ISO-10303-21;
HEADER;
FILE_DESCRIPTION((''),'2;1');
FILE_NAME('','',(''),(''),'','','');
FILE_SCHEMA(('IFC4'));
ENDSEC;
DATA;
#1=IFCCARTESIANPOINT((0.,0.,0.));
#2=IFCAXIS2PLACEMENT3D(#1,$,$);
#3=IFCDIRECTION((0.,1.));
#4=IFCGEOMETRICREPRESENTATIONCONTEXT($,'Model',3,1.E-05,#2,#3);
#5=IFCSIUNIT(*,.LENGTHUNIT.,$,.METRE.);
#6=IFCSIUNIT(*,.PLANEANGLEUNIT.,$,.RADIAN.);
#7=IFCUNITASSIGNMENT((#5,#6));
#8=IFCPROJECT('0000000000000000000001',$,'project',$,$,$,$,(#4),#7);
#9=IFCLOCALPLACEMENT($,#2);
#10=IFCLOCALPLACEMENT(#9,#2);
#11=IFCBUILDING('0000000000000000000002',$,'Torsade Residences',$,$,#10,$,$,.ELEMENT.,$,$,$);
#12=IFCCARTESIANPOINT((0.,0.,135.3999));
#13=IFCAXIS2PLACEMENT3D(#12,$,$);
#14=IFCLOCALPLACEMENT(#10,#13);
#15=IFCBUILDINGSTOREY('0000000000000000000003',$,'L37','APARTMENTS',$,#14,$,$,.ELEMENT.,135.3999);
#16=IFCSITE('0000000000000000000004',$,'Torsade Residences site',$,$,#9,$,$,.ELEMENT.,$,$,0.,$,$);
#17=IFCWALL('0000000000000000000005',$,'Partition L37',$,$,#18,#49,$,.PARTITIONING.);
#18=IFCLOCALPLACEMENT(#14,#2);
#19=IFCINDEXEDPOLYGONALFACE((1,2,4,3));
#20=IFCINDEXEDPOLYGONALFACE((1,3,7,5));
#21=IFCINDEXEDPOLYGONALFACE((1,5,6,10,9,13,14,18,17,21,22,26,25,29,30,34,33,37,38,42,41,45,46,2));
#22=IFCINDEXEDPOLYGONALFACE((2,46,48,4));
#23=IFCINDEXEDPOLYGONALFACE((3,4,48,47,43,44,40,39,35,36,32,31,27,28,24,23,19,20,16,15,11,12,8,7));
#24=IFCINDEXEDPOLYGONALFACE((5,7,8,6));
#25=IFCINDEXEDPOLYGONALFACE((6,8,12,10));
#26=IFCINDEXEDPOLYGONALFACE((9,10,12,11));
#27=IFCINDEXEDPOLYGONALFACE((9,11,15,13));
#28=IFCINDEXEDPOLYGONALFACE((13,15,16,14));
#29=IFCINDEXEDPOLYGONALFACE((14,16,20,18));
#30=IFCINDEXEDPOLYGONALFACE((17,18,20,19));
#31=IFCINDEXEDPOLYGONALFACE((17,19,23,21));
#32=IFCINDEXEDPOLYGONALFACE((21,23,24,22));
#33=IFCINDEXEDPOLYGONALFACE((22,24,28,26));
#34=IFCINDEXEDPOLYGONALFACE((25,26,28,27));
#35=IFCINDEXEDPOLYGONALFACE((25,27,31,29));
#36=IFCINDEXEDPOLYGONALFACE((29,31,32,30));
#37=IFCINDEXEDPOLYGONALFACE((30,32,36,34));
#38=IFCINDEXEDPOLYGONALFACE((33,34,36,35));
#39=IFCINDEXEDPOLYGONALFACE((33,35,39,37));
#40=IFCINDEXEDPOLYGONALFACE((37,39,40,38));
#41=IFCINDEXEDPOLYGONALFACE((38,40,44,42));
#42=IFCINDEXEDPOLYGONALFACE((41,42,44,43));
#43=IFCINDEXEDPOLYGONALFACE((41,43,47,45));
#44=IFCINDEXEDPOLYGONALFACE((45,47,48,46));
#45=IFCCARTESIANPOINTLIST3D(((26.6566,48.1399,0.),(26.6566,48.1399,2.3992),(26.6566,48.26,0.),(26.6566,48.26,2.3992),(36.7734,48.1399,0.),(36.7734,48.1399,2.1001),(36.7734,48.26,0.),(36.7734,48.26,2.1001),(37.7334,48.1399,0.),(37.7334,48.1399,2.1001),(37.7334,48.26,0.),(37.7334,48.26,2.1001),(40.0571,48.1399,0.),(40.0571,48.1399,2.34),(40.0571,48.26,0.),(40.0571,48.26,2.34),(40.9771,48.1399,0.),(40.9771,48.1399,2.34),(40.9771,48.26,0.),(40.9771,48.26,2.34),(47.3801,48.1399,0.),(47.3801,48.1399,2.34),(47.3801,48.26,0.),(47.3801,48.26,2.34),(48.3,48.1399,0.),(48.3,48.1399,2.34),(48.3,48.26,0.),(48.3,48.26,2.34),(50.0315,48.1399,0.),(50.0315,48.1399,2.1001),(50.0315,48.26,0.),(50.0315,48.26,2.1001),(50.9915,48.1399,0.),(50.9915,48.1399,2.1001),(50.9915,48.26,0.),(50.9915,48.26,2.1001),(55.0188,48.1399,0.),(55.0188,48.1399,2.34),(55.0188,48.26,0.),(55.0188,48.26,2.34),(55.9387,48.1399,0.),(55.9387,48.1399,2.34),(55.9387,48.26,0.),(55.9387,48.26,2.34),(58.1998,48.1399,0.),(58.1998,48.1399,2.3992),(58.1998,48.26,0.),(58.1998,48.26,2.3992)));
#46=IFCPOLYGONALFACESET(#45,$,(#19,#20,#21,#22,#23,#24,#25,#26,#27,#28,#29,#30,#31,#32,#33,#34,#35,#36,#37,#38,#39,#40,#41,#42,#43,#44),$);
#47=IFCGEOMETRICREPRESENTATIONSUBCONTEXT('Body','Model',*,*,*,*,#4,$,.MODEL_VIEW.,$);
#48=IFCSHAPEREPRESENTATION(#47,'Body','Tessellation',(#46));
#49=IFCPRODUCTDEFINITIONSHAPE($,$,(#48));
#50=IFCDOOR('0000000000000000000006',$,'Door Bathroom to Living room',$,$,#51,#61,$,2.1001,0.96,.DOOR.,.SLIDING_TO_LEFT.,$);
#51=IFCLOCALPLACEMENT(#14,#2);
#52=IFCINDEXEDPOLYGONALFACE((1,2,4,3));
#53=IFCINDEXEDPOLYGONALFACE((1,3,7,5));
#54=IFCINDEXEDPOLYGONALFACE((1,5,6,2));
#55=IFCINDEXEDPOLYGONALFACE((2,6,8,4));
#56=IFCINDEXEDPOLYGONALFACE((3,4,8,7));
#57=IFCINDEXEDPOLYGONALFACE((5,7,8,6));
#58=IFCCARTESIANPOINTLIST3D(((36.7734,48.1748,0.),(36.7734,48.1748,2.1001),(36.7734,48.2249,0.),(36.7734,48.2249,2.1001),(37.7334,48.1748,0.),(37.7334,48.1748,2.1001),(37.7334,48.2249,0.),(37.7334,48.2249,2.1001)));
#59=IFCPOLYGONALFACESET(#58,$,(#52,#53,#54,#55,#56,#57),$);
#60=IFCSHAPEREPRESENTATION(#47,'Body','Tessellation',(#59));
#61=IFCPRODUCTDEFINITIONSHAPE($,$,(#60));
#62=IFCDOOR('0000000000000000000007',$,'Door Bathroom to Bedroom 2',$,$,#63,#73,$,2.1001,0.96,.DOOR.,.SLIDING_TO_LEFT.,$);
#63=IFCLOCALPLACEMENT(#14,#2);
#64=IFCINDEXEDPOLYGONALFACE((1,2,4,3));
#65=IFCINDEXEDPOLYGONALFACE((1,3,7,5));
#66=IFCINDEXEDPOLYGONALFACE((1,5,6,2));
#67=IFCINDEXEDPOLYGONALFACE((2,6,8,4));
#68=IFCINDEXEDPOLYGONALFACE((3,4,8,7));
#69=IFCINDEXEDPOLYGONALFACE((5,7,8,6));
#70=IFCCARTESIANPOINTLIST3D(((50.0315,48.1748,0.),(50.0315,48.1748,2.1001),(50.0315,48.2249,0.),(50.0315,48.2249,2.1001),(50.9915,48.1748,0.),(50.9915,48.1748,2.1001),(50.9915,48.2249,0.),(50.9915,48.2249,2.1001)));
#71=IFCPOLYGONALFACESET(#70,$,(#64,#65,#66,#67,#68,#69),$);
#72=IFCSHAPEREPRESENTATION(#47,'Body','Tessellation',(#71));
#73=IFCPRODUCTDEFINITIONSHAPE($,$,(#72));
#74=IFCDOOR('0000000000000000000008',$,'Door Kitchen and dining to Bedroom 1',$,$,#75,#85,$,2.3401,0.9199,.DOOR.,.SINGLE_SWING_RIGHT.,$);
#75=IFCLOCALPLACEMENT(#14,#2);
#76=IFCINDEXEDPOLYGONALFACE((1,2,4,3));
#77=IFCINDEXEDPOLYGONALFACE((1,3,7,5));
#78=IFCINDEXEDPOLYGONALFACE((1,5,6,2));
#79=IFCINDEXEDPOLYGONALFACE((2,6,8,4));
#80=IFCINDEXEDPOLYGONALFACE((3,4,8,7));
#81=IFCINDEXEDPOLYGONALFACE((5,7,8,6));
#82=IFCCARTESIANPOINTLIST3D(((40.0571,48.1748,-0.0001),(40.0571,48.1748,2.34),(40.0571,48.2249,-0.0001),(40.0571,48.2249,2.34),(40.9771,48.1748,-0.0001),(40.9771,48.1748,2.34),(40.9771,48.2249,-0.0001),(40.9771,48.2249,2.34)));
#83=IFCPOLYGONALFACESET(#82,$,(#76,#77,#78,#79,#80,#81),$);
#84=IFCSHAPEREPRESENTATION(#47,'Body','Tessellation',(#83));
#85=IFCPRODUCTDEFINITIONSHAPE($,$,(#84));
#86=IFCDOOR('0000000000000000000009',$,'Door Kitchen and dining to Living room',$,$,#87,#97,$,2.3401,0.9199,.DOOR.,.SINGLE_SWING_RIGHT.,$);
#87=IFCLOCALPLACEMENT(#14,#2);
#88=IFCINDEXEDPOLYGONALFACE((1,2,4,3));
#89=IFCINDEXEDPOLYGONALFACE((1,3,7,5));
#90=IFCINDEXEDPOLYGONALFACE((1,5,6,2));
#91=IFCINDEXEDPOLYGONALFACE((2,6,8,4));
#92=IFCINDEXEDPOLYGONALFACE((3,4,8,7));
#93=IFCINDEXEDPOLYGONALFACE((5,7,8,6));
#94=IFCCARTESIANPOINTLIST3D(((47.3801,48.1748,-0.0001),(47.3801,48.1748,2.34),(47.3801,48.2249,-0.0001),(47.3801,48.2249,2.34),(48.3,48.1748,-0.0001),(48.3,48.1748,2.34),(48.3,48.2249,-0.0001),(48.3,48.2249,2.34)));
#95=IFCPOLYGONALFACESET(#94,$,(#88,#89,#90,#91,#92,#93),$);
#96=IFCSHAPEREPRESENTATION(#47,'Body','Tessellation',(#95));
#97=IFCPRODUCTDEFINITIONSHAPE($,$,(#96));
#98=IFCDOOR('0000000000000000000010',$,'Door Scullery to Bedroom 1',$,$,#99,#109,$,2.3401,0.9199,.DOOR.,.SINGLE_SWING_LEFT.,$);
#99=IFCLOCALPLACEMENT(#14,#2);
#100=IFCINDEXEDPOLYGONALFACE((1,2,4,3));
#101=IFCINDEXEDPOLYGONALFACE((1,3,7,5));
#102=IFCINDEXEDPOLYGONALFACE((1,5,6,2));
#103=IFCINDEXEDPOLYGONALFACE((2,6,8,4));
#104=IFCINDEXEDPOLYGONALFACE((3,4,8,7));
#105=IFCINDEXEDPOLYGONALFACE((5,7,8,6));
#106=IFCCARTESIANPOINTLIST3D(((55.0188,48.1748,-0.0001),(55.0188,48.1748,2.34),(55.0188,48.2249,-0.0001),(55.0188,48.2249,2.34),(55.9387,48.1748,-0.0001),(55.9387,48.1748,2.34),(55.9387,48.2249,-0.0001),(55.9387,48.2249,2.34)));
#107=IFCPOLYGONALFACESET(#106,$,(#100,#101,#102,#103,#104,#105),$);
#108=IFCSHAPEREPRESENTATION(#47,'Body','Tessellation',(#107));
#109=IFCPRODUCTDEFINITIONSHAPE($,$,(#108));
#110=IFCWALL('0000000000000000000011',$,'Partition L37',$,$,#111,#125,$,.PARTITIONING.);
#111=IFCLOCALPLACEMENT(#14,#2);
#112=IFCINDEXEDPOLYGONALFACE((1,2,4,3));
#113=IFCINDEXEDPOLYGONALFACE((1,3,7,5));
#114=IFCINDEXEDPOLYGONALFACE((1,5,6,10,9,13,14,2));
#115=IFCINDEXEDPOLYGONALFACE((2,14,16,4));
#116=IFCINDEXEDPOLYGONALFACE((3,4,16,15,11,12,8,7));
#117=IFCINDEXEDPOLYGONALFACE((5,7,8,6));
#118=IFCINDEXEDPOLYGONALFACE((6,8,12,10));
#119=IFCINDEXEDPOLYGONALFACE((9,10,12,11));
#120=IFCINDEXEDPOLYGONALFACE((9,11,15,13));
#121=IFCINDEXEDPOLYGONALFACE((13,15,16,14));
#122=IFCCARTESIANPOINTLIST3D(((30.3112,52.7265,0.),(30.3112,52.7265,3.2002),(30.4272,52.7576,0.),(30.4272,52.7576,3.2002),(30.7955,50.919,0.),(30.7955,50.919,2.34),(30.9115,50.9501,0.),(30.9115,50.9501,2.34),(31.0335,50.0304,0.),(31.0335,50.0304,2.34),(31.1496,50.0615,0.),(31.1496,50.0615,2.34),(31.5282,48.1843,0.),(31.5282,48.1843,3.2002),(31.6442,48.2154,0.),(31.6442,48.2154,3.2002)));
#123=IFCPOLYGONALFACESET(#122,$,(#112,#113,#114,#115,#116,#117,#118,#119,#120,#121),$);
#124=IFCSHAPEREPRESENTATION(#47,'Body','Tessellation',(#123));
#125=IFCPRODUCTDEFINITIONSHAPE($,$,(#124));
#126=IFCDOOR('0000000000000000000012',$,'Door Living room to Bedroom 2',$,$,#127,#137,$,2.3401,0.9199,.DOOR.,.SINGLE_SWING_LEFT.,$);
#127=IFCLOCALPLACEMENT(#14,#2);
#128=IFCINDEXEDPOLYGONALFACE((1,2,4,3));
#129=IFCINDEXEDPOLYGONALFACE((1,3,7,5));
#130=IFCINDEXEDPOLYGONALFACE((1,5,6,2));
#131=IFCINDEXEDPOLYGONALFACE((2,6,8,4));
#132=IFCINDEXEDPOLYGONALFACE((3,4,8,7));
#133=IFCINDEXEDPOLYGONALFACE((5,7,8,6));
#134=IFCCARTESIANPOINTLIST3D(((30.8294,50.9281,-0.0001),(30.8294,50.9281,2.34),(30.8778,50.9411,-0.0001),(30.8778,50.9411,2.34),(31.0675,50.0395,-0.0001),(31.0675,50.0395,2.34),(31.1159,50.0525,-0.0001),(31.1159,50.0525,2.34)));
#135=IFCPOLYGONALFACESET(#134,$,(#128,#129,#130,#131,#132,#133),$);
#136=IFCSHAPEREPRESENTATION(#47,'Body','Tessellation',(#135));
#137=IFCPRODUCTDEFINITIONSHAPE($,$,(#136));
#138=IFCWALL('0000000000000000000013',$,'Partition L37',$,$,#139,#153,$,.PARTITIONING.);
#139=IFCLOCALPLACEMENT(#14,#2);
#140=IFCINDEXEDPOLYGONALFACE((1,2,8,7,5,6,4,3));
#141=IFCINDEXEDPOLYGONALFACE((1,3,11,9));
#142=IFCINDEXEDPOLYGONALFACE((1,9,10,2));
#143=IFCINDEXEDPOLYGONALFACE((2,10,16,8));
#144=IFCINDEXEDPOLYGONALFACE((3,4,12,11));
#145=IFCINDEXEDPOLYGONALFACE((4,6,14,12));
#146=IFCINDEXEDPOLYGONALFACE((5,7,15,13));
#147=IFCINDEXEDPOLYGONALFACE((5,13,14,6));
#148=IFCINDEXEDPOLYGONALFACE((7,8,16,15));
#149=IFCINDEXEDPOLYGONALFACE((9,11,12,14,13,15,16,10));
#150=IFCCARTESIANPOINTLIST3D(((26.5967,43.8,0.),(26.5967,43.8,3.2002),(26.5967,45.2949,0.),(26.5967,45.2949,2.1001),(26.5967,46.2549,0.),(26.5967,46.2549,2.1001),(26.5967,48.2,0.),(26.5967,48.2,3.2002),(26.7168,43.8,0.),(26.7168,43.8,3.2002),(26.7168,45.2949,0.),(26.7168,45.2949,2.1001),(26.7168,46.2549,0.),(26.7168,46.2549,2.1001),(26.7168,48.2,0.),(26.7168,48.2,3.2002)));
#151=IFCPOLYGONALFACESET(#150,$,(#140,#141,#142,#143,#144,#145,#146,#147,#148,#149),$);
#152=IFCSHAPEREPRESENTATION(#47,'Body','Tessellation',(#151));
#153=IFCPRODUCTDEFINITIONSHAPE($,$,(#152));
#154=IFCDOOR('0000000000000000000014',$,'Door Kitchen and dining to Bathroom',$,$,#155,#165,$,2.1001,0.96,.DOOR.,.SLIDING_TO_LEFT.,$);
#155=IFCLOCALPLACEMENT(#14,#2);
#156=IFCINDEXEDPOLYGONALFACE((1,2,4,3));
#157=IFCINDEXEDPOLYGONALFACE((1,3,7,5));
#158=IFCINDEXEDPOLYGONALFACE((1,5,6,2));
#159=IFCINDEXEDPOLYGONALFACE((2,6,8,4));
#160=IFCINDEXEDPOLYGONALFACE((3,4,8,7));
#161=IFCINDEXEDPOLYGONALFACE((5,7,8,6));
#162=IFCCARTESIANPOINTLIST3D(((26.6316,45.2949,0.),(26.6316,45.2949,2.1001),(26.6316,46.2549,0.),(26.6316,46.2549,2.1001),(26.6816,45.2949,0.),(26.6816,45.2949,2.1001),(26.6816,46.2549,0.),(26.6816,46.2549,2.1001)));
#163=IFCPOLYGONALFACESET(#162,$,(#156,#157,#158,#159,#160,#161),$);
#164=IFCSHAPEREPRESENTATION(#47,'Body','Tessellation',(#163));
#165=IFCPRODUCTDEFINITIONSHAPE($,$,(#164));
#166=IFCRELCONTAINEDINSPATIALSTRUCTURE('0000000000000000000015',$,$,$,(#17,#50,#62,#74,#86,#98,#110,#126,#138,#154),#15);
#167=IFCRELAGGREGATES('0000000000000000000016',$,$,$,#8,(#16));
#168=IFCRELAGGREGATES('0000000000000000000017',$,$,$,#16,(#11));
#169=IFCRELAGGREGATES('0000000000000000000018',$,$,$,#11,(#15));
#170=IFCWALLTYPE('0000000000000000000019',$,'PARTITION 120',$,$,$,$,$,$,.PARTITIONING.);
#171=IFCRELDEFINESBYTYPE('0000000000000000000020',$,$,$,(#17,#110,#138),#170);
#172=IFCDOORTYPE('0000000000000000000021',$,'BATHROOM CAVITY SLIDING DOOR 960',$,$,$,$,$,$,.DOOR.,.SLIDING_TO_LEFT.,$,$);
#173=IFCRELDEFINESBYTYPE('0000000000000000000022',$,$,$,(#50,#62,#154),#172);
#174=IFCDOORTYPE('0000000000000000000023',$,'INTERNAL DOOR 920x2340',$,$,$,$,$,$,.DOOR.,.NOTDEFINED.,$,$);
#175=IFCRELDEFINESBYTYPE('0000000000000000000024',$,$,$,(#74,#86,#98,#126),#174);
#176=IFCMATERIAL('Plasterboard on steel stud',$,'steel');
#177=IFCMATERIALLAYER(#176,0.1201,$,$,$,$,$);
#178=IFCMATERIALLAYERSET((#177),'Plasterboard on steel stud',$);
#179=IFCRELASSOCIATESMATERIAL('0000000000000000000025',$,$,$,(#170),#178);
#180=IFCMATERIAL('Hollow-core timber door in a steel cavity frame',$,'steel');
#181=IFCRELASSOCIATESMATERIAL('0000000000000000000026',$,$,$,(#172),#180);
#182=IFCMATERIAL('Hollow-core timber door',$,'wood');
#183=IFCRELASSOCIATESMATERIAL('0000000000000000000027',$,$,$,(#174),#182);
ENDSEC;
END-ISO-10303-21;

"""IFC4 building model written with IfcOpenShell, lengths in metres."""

from ifc_helpers import new_model, si_unit, direction, frame, frame_2d, origin, place, context, subcontext, project, spatial, rectangle, extrude, material, layer, layer_set, type_object, element, fill, save


model = new_model("IFC4")

# Units and contexts
model_context = context("Model", 3, precision=1e-05, world=origin(), true_north=direction((0.0, 1.0)))
body_context = subcontext(model_context, "Body", "Model", "MODEL_VIEW")
ifc_project = project(units=[si_unit("LENGTHUNIT", "METRE"), si_unit("PLANEANGLEUNIT", "RADIAN")], contexts=[model_context])

# Site, building, storey
site_placement = place(None, origin())
site = spatial("IfcSite", under=ifc_project, at=site_placement, Name="Torsade Residences site", CompositionType="ELEMENT", RefElevation=0.0)
building_placement = place(site_placement, origin())
building = spatial("IfcBuilding", under=site, at=building_placement, Name="Torsade Residences", CompositionType="ELEMENT")
storey_placement = place(building_placement, frame((0.0, 0.0, 135.3999)))
storey = spatial("IfcBuildingStorey", under=building, at=storey_placement, Name="L37", Description="APARTMENTS", CompositionType="ELEMENT", Elevation=135.3999)

# Wall, openings, doors
ifc_material_1 = material(Name="Plasterboard on steel stud", Category="steel")
ifc_layer_1 = layer(ifc_material_1, 0.1201)
ifc_layer_set_1 = layer_set([ifc_layer_1], Name="Plasterboard on steel stud")
wall_type_1 = type_object("IfcWallType", Name="PARTITION 120", PredefinedType="PARTITIONING", material=ifc_layer_set_1)
wall_1_placement = place(storey_placement, frame((26.6567, 48.2, 0.0), z_axis=(0.0, 0.0, 1.0), x_axis=(1.0, 0.0, 0.0)))
wall_1 = element("IfcWall", 1, at=wall_1_placement, inside=storey, type_object=wall_type_1, Name="Partition L37", PredefinedType="PARTITIONING", context=body_context, shape_type="SweptSolid", body=[
    extrude(rectangle(XDim=31.5432, YDim=0.1201, at=frame_2d((15.7715, 0.0))), origin(), (0.0, 0.0, 1.0), 2.3992),
])
opening_1_placement = place(wall_1_placement, frame((13.4004, 0.0, 0.0)))
opening_1 = element("IfcOpeningElement", 2, at=opening_1_placement, cuts=wall_1, PredefinedType="OPENING", context=body_context, shape_type="SweptSolid", body=[
    extrude(rectangle(XDim=0.9199, YDim=2.3401, at=frame_2d((0.46, 1.1699))), frame((0.0, 0.0701, 0.0), z_axis=(0.0, -1.0, 0.0), x_axis=(1.0, 0.0, 0.0)), (0.0, 0.0, 1.0), 0.1401),
])
opening_2_placement = place(wall_1_placement, frame((20.7234, 0.0, 0.0)))
opening_2 = element("IfcOpeningElement", 3, at=opening_2_placement, cuts=wall_1, PredefinedType="OPENING", context=body_context, shape_type="SweptSolid", body=[
    extrude(rectangle(XDim=0.9199, YDim=2.3401, at=frame_2d((0.46, 1.1699))), frame((0.0, 0.0701, 0.0), z_axis=(0.0, -1.0, 0.0), x_axis=(1.0, 0.0, 0.0)), (0.0, 0.0, 1.0), 0.1401),
])
opening_3_placement = place(wall_1_placement, frame((10.1167, 0.0, 0.0)))
opening_3 = element("IfcOpeningElement", 4, at=opening_3_placement, cuts=wall_1, PredefinedType="OPENING", context=body_context, shape_type="SweptSolid", body=[
    extrude(rectangle(XDim=0.96, YDim=2.1001, at=frame_2d((0.48, 1.05))), frame((0.0, 0.0701, 0.0), z_axis=(0.0, -1.0, 0.0), x_axis=(1.0, 0.0, 0.0)), (0.0, 0.0, 1.0), 0.1401),
])
opening_4_placement = place(wall_1_placement, frame((28.3621, 0.0, 0.0)))
opening_4 = element("IfcOpeningElement", 5, at=opening_4_placement, cuts=wall_1, PredefinedType="OPENING", context=body_context, shape_type="SweptSolid", body=[
    extrude(rectangle(XDim=0.9199, YDim=2.3401, at=frame_2d((0.46, 1.1699))), frame((0.0, 0.0701, 0.0), z_axis=(0.0, -1.0, 0.0), x_axis=(1.0, 0.0, 0.0)), (0.0, 0.0, 1.0), 0.1401),
])
opening_5_placement = place(wall_1_placement, frame((23.3748, 0.0, 0.0)))
opening_5 = element("IfcOpeningElement", 6, at=opening_5_placement, cuts=wall_1, PredefinedType="OPENING", context=body_context, shape_type="SweptSolid", body=[
    extrude(rectangle(XDim=0.96, YDim=2.1001, at=frame_2d((0.48, 1.05))), frame((0.0, 0.0701, 0.0), z_axis=(0.0, -1.0, 0.0), x_axis=(1.0, 0.0, 0.0)), (0.0, 0.0, 1.0), 0.1401),
])
ifc_material_2 = material(Name="Hollow-core timber door in a steel cavity frame", Category="steel")
door_type_1 = type_object("IfcDoorType", Name="BATHROOM CAVITY SLIDING DOOR 960", OperationType="SLIDING_TO_LEFT", PredefinedType="DOOR", material=ifc_material_2)
door_1_placement = place(opening_3_placement, origin())
door_1 = element("IfcDoor", 7, at=door_1_placement, inside=storey, type_object=door_type_1, Name="Door Bathroom to Living room", OperationType="SLIDING_TO_LEFT", OverallHeight=2.1001, OverallWidth=0.96, PredefinedType="DOOR", context=body_context, shape_type="SweptSolid", body=[
    extrude(rectangle(XDim=0.96, YDim=2.1001, at=frame_2d((0.48, 1.05))), frame((0.0, 0.0249, 0.0), z_axis=(0.0, -1.0, 0.0), x_axis=(1.0, 0.0, 0.0)), (0.0, 0.0, 1.0), 0.05),
])
fill(opening_3, door_1)
door_2_placement = place(opening_5_placement, origin())
door_2 = element("IfcDoor", 8, at=door_2_placement, inside=storey, type_object=door_type_1, Name="Door Bathroom to Bedroom 2", OperationType="SLIDING_TO_LEFT", OverallHeight=2.1001, OverallWidth=0.96, PredefinedType="DOOR", context=body_context, shape_type="SweptSolid", body=[
    extrude(rectangle(XDim=0.96, YDim=2.1001, at=frame_2d((0.48, 1.05))), frame((0.0, 0.0249, 0.0), z_axis=(0.0, -1.0, 0.0), x_axis=(1.0, 0.0, 0.0)), (0.0, 0.0, 1.0), 0.05),
])
fill(opening_5, door_2)
ifc_material_3 = material(Name="Hollow-core timber door", Category="wood")
door_type_2 = type_object("IfcDoorType", Name="INTERNAL DOOR 920x2340", OperationType="NOTDEFINED", PredefinedType="DOOR", material=ifc_material_3)
door_3_placement = place(opening_1_placement, origin())
door_3 = element("IfcDoor", 9, at=door_3_placement, inside=storey, type_object=door_type_2, Name="Door Kitchen and dining to Bedroom 1", OperationType="SINGLE_SWING_RIGHT", OverallHeight=2.3401, OverallWidth=0.9199, PredefinedType="DOOR", context=body_context, shape_type="SweptSolid", body=[
    extrude(rectangle(XDim=0.9199, YDim=2.3401, at=frame_2d((0.46, 1.1699))), frame((0.0, 0.0249, 0.0), z_axis=(0.0, -1.0, 0.0), x_axis=(1.0, 0.0, 0.0)), (0.0, 0.0, 1.0), 0.05),
])
fill(opening_1, door_3)
door_4_placement = place(opening_2_placement, origin())
door_4 = element("IfcDoor", 10, at=door_4_placement, inside=storey, type_object=door_type_2, Name="Door Kitchen and dining to Living room", OperationType="SINGLE_SWING_RIGHT", OverallHeight=2.3401, OverallWidth=0.9199, PredefinedType="DOOR", context=body_context, shape_type="SweptSolid", body=[
    extrude(rectangle(XDim=0.9199, YDim=2.3401, at=frame_2d((0.46, 1.1699))), frame((0.0, 0.0249, 0.0), z_axis=(0.0, -1.0, 0.0), x_axis=(1.0, 0.0, 0.0)), (0.0, 0.0, 1.0), 0.05),
])
fill(opening_2, door_4)
door_5_placement = place(opening_4_placement, origin())
door_5 = element("IfcDoor", 11, at=door_5_placement, inside=storey, type_object=door_type_2, Name="Door Scullery to Bedroom 1", OperationType="SINGLE_SWING_LEFT", OverallHeight=2.3401, OverallWidth=0.9199, PredefinedType="DOOR", context=body_context, shape_type="SweptSolid", body=[
    extrude(rectangle(XDim=0.9199, YDim=2.3401, at=frame_2d((0.46, 1.1699))), frame((0.0, 0.0249, 0.0), z_axis=(0.0, -1.0, 0.0), x_axis=(1.0, 0.0, 0.0)), (0.0, 0.0, 1.0), 0.05),
])
fill(opening_4, door_5)

# Walls, openings, doors
wall_2_placement = place(storey_placement, frame((31.5862, 48.2, 0.0), z_axis=(0.0, 0.0, 1.0), x_axis=(-0.25881, 0.965928, 0.0)))
wall_2 = element("IfcWall", 12, at=wall_2_placement, inside=storey, type_object=wall_type_1, Name="Partition L37", PredefinedType="PARTITIONING", context=body_context, shape_type="SweptSolid", body=[
    extrude(rectangle(XDim=4.7024, YDim=0.1201, at=frame_2d((2.3511, 0.0))), origin(), (0.0, 0.0, 1.0), 3.2002),
])
opening_6_placement = place(wall_2_placement, frame((1.9111, 0.0, 0.0)))
opening_6 = element("IfcOpeningElement", 13, at=opening_6_placement, cuts=wall_2, PredefinedType="OPENING", context=body_context, shape_type="SweptSolid", body=[
    extrude(rectangle(XDim=0.9199, YDim=2.3401, at=frame_2d((0.46, 1.1699))), frame((0.0, 0.0701, 0.0), z_axis=(0.0, -1.0, 0.0), x_axis=(1.0, 0.0, 0.0)), (0.0, 0.0, 1.0), 0.1401),
])
door_6_placement = place(opening_6_placement, origin())
door_6 = element("IfcDoor", 14, at=door_6_placement, inside=storey, type_object=door_type_2, Name="Door Living room to Bedroom 2", OperationType="SINGLE_SWING_LEFT", OverallHeight=2.3401, OverallWidth=0.9199, PredefinedType="DOOR", context=body_context, shape_type="SweptSolid", body=[
    extrude(rectangle(XDim=0.9199, YDim=2.3401, at=frame_2d((0.46, 1.1699))), frame((0.0, 0.0249, 0.0), z_axis=(0.0, -1.0, 0.0), x_axis=(1.0, 0.0, 0.0)), (0.0, 0.0, 1.0), 0.05),
])
fill(opening_6, door_6)
wall_3_placement = place(storey_placement, frame((26.6567, 48.2, 0.0), z_axis=(0.0, 0.0, 1.0), x_axis=(0.0, -1.0, 0.0)))
wall_3 = element("IfcWall", 15, at=wall_3_placement, inside=storey, type_object=wall_type_1, Name="Partition L37", PredefinedType="PARTITIONING", context=body_context, shape_type="SweptSolid", body=[
    extrude(rectangle(XDim=4.3999, YDim=0.1201, at=frame_2d((2.2, 0.0))), origin(), (0.0, 0.0, 1.0), 3.2002),
])
opening_7_placement = place(wall_3_placement, frame((1.9451, 0.0, 0.0)))
opening_7 = element("IfcOpeningElement", 16, at=opening_7_placement, cuts=wall_3, PredefinedType="OPENING", context=body_context, shape_type="SweptSolid", body=[
    extrude(rectangle(XDim=0.96, YDim=2.1001, at=frame_2d((0.48, 1.05))), frame((0.0, 0.0701, 0.0), z_axis=(0.0, -1.0, 0.0), x_axis=(1.0, 0.0, 0.0)), (0.0, 0.0, 1.0), 0.1401),
])
door_7_placement = place(opening_7_placement, origin())
door_7 = element("IfcDoor", 17, at=door_7_placement, inside=storey, type_object=door_type_1, Name="Door Kitchen and dining to Bathroom", OperationType="SLIDING_TO_LEFT", OverallHeight=2.1001, OverallWidth=0.96, PredefinedType="DOOR", context=body_context, shape_type="SweptSolid", body=[
    extrude(rectangle(XDim=0.96, YDim=2.1001, at=frame_2d((0.48, 1.05))), frame((0.0, 0.0249, 0.0), z_axis=(0.0, -1.0, 0.0), x_axis=(1.0, 0.0, 0.0)), (0.0, 0.0, 1.0), 0.05),
])
fill(opening_7, door_7)

save(model, "model.ifc")
